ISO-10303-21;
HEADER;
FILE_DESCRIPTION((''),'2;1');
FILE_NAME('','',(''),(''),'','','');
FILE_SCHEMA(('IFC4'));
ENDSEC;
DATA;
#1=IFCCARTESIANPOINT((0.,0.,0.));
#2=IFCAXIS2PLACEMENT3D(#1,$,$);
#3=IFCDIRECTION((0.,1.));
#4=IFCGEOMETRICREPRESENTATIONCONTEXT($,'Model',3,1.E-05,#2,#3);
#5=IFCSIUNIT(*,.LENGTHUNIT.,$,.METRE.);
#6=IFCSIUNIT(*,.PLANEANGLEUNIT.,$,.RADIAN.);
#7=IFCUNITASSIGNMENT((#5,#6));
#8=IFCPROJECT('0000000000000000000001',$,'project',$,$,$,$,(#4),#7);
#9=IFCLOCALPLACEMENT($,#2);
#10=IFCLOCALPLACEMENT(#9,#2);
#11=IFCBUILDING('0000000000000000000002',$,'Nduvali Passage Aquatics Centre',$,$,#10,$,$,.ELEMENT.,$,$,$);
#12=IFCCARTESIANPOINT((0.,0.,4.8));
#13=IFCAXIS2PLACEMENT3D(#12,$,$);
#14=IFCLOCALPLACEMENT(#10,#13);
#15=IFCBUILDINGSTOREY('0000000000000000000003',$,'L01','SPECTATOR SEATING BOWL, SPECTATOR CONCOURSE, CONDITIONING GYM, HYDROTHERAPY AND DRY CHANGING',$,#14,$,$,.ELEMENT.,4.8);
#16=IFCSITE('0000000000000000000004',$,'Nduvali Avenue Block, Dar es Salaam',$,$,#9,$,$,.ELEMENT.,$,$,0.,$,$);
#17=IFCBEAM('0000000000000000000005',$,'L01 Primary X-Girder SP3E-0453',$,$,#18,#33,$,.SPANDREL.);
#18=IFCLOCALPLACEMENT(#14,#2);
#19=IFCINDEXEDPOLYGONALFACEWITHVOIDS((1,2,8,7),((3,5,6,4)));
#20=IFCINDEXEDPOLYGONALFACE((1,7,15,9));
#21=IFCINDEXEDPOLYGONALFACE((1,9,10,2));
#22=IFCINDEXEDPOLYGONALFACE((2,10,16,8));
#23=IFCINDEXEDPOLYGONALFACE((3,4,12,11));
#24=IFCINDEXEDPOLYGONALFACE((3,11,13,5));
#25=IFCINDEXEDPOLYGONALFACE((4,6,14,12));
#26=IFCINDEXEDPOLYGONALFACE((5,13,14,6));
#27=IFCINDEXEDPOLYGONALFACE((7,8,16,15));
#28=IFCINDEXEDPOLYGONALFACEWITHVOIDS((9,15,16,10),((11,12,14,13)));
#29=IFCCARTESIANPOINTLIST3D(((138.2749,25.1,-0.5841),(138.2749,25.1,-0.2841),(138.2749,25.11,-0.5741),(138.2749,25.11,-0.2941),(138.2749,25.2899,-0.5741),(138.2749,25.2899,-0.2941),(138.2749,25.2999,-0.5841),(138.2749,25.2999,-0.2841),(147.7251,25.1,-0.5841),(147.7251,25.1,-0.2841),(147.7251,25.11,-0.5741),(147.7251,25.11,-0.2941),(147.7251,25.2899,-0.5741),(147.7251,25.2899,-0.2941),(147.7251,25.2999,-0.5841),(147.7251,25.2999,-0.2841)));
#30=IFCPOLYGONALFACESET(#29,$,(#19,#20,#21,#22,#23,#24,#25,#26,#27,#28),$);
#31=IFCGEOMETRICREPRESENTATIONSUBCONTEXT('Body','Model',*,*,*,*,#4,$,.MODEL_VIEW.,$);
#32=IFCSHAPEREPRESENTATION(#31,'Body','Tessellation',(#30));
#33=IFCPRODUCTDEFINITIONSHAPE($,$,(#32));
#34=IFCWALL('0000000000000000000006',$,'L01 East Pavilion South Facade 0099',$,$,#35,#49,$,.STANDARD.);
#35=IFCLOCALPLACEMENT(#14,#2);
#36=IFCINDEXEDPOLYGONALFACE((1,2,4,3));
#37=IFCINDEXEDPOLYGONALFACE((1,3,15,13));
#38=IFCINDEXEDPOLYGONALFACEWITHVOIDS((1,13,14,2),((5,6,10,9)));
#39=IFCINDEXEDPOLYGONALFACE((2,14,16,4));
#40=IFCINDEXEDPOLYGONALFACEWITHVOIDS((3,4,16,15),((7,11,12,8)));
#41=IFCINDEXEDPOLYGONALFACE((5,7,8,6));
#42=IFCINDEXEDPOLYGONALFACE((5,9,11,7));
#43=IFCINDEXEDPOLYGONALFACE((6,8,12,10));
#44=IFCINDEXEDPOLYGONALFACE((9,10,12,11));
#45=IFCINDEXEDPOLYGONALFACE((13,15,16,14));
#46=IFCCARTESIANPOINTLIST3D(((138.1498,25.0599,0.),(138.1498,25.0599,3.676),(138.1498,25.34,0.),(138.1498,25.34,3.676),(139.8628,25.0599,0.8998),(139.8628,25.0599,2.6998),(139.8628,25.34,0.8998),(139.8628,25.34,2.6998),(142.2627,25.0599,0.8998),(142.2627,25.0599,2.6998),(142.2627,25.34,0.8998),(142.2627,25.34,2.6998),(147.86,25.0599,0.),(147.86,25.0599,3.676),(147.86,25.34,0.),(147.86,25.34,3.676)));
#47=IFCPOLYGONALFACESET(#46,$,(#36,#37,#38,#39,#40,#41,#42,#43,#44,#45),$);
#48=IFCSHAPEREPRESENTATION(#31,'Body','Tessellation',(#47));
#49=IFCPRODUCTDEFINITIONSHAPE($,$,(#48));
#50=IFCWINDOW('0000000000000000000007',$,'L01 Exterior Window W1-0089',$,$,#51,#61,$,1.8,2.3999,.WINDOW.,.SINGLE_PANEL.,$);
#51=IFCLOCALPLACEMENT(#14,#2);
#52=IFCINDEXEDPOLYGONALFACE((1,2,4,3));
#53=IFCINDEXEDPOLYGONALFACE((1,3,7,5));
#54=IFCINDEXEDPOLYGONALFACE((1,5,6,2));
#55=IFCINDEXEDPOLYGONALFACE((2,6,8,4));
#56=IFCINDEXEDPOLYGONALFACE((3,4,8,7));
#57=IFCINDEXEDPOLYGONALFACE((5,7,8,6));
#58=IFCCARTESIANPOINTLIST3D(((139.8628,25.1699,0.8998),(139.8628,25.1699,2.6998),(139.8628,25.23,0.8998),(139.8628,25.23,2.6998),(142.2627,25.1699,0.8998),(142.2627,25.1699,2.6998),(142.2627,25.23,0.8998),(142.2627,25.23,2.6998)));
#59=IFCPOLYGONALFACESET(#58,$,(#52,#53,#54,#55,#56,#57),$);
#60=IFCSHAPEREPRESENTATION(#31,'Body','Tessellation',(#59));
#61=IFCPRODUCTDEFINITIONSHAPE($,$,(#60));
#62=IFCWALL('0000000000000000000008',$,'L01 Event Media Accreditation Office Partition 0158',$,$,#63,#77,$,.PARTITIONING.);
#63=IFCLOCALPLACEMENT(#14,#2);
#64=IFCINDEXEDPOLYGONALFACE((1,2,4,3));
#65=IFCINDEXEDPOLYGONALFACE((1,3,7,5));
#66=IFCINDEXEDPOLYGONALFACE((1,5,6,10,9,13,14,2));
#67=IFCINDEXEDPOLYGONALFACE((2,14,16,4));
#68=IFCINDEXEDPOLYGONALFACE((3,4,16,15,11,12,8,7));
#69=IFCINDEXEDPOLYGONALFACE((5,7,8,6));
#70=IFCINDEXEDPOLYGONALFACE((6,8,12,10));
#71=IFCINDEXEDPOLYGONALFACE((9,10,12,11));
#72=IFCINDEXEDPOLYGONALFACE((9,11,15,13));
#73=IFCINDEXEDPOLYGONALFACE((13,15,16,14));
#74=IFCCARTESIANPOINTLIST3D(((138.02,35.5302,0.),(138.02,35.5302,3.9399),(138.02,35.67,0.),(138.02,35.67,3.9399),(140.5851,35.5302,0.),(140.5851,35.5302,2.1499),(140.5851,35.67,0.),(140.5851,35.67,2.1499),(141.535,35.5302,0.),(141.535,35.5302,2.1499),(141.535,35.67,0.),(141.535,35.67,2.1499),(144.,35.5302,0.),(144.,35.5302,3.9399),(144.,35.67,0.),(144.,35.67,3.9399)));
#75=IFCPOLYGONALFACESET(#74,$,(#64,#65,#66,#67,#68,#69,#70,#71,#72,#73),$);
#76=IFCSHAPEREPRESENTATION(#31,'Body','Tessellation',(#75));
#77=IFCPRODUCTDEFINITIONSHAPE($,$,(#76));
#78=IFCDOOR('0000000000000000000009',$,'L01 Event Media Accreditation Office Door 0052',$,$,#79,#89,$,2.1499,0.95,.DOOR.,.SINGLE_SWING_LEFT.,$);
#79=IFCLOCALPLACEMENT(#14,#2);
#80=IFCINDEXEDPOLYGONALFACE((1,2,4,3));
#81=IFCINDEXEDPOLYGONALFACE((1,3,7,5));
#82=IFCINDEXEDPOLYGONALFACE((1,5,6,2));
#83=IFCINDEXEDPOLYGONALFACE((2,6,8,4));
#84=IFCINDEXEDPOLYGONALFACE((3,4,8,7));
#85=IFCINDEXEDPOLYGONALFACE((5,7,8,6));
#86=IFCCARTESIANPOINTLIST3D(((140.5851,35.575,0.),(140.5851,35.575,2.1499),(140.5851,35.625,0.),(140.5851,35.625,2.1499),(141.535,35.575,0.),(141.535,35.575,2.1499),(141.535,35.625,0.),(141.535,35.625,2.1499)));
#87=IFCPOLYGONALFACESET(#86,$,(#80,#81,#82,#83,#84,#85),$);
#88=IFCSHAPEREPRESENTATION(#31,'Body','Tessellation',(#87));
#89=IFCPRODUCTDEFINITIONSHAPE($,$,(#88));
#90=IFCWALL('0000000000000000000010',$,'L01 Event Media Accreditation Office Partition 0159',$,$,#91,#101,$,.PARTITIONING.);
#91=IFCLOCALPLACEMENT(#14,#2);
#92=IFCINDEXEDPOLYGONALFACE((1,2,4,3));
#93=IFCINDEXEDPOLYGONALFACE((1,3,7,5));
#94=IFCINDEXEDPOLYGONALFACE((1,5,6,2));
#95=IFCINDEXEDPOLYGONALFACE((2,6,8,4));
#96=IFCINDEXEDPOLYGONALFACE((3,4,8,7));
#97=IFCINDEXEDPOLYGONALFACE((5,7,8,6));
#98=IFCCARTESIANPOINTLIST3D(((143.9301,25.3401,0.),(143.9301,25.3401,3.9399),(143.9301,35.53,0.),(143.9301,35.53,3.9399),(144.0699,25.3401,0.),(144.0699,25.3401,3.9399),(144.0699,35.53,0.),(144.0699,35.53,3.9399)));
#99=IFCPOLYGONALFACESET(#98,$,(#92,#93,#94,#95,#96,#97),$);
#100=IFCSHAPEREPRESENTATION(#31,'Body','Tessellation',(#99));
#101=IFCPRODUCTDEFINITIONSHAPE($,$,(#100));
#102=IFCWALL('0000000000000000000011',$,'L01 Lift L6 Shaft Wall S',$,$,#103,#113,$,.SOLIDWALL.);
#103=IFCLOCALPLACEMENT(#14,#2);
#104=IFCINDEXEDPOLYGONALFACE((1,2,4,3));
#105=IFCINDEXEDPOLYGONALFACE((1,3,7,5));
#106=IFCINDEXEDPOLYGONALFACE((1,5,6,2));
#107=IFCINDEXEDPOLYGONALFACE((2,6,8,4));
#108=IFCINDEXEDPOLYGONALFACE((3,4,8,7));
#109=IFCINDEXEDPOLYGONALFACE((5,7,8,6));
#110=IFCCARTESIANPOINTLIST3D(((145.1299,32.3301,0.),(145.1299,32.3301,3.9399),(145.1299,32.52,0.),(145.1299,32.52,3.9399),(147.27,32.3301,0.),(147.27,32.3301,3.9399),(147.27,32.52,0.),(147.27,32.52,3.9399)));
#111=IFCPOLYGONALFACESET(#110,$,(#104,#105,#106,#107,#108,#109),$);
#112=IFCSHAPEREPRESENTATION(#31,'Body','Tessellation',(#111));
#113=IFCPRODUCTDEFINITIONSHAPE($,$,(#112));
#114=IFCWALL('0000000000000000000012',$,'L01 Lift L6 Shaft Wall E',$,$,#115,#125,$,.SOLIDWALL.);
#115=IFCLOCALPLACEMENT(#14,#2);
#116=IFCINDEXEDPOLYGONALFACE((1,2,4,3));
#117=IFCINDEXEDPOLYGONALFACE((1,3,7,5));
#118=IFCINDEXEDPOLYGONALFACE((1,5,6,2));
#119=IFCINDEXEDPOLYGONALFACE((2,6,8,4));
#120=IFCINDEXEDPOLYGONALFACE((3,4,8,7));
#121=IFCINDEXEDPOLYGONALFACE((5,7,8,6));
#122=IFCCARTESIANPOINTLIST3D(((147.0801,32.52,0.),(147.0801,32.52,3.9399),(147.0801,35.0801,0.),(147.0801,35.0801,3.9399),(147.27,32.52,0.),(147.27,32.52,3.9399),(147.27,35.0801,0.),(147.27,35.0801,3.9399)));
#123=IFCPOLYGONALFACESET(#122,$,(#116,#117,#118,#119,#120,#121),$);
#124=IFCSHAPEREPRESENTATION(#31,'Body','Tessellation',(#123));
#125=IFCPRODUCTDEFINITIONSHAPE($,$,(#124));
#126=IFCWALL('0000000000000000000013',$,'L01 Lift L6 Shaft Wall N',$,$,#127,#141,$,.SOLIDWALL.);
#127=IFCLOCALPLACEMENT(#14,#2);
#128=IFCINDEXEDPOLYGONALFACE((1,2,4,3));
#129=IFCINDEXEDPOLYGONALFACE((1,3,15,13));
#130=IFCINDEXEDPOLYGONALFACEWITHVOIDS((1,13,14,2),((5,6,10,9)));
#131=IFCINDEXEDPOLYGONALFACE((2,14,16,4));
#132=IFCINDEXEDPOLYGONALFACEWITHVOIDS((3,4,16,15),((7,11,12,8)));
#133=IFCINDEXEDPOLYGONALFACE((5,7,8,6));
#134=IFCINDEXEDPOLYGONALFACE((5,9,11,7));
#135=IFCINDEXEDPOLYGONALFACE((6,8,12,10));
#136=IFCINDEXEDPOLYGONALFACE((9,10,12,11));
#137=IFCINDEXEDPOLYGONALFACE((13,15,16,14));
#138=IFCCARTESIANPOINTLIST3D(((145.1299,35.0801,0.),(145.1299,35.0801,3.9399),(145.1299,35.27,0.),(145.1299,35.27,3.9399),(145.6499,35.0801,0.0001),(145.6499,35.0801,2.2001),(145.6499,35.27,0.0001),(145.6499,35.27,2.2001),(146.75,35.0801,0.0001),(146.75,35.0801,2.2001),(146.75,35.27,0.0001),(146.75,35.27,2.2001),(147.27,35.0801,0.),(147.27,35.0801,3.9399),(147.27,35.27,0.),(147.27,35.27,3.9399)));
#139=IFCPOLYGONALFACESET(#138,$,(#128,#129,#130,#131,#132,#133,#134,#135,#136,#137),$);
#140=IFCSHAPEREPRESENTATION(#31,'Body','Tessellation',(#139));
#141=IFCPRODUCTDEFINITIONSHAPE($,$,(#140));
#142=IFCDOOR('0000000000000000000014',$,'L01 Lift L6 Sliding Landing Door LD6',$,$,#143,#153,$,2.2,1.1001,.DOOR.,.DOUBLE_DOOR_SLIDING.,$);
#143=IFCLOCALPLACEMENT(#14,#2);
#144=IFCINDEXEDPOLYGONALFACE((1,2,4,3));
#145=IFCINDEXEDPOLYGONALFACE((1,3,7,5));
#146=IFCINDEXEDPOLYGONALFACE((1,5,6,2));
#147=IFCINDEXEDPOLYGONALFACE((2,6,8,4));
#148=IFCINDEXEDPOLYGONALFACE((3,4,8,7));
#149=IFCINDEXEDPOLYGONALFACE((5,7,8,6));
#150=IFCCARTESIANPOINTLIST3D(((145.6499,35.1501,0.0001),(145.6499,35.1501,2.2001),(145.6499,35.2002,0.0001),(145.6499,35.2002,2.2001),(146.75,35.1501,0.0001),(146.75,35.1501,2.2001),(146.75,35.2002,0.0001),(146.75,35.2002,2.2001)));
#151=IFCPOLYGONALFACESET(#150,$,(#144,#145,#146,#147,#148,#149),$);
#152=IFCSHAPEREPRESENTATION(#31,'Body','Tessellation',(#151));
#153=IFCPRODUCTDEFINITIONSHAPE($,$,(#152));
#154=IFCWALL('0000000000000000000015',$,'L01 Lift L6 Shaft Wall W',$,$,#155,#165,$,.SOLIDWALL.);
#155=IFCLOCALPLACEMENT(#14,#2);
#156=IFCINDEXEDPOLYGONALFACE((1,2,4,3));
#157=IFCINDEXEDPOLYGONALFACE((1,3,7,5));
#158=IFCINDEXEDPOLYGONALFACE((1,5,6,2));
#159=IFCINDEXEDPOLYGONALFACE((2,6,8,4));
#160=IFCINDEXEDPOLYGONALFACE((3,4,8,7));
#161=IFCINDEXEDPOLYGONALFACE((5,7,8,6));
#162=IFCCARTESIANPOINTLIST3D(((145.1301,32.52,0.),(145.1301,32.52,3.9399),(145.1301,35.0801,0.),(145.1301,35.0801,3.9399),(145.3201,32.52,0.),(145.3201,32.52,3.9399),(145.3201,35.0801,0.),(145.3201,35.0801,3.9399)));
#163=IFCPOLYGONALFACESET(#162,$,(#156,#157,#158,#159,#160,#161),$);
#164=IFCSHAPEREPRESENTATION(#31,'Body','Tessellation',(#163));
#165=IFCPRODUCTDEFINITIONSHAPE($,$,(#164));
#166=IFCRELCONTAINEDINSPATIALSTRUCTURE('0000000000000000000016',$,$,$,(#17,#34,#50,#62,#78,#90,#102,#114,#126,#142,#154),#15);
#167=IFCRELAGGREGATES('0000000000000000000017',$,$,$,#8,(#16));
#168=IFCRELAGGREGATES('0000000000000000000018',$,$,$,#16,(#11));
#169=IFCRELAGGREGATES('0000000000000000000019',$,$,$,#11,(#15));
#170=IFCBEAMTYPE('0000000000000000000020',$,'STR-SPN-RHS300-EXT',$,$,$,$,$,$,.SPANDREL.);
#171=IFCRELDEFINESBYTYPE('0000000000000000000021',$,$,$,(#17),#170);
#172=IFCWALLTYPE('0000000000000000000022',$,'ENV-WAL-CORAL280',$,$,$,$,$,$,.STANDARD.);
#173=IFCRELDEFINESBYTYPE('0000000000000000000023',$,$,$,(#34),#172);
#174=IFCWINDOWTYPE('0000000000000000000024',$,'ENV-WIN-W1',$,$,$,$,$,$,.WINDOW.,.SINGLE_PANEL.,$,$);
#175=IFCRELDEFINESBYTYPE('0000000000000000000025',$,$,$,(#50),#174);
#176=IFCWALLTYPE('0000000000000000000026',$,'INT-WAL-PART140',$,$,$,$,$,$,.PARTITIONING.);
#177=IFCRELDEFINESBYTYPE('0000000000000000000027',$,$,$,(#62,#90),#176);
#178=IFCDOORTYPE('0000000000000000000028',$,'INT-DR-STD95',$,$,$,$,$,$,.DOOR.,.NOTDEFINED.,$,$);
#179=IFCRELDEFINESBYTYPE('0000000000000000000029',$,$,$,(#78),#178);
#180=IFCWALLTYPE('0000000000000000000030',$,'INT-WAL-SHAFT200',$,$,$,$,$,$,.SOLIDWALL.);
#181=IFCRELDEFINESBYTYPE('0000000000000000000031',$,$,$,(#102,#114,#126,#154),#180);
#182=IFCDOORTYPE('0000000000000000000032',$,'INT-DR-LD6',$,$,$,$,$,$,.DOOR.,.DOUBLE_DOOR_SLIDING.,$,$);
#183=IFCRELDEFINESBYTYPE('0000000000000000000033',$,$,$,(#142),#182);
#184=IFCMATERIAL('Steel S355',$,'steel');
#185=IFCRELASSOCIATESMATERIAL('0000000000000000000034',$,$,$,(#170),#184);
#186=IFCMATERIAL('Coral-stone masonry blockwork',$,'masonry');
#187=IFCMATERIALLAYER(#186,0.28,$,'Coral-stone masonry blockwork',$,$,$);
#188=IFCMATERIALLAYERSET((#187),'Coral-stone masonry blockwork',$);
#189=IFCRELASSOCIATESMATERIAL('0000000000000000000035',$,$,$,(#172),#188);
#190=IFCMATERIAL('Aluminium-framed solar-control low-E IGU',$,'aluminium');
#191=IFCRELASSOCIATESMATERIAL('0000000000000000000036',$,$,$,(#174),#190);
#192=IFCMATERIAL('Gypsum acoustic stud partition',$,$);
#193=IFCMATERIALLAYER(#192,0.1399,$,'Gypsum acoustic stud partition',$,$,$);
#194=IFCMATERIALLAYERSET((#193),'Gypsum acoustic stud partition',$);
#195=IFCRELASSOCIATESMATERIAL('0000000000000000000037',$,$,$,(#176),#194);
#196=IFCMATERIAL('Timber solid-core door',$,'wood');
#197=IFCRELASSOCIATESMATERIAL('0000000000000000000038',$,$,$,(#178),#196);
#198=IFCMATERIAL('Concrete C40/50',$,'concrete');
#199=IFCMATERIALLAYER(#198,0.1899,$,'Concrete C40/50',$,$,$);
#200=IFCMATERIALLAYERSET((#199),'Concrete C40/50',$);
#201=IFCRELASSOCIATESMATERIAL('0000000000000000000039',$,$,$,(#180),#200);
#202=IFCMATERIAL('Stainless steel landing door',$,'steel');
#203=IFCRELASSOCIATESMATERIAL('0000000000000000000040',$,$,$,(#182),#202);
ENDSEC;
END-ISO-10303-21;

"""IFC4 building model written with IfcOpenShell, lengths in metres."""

from ifc_helpers import new_model, si_unit, direction, frame, frame_2d, origin, origin_2d, place, context, subcontext, project, spatial, rectangle, hollow_rectangle, extrude, material, layer, layer_set, material_profile, profile_set, type_object, element, fill, save


model = new_model("IFC4")

# Units and contexts
model_context = context("Model", 3, precision=1e-05, world=origin(), true_north=direction((0.0, 1.0)))
body_context = subcontext(model_context, "Body", "Model", "MODEL_VIEW")
ifc_project = project(units=[si_unit("LENGTHUNIT", "METRE"), si_unit("PLANEANGLEUNIT", "RADIAN")], contexts=[model_context])

# Site, building, storey
site_placement = place(None, origin())
site = spatial("IfcSite", under=ifc_project, at=site_placement, Name="Nduvali Avenue Block, Dar es Salaam", CompositionType="ELEMENT", RefElevation=0.0)
building_placement = place(site_placement, origin())
building = spatial("IfcBuilding", under=site, at=building_placement, Name="Nduvali Passage Aquatics Centre", CompositionType="ELEMENT")
storey_placement = place(building_placement, frame((0.0, 0.0, 4.8)))
storey = spatial("IfcBuildingStorey", under=building, at=storey_placement, Name="L01", Description="SPECTATOR SEATING BOWL, SPECTATOR CONCOURSE, CONDITIONING GYM, HYDROTHERAPY AND DRY CHANGING", CompositionType="ELEMENT", Elevation=4.8)

# Shared definitions
ifc_material_1 = material(Name="Steel S355", Category="steel")

# Beam
ifc_material_profile_1 = material_profile(ifc_material_1, hollow_rectangle(XDim=0.2, YDim=0.3, WallThickness=0.01, at=origin_2d()), Name="RHS 300x200x10.0")
ifc_profile_set_1 = profile_set([ifc_material_profile_1], Name="Steel S355")
beam_type_1 = type_object("IfcBeamType", Name="STR-SPN-RHS300-EXT", PredefinedType="SPANDREL", material=ifc_profile_set_1)
beam_1_placement = place(storey_placement, frame((138.2749, 25.2, -0.4341), z_axis=(1.0, 0.0, 0.0), x_axis=(0.0, 1.0, 0.0)))
element("IfcBeam", 1, at=beam_1_placement, inside=storey, type_object=beam_type_1, Name="L01 Primary X-Girder SP3E-0453", PredefinedType="SPANDREL", context=body_context, shape_type="SweptSolid", body=[
    extrude(hollow_rectangle(XDim=0.2, YDim=0.3, WallThickness=0.01, at=origin_2d()), origin(), (0.0, 0.0, 1.0), 9.4502),
])

# Wall, opening, window
ifc_material_2 = material(Name="Coral-stone masonry blockwork", Category="masonry")
ifc_layer_1 = layer(ifc_material_2, 0.28, Name="Coral-stone masonry blockwork")
ifc_layer_set_1 = layer_set([ifc_layer_1], Name="Coral-stone masonry blockwork")
wall_type_1 = type_object("IfcWallType", Name="ENV-WAL-CORAL280", PredefinedType="STANDARD", material=ifc_layer_set_1)
wall_1_placement = place(storey_placement, frame((138.1499, 25.2, 0.0), z_axis=(0.0, 0.0, 1.0), x_axis=(1.0, 0.0, 0.0)))
wall_1 = element("IfcWall", 2, at=wall_1_placement, inside=storey, type_object=wall_type_1, Name="L01 East Pavilion South Facade 0099", PredefinedType="STANDARD", context=body_context, shape_type="SweptSolid", body=[
    extrude(rectangle(XDim=9.7102, YDim=0.28, at=frame_2d((4.855, 0.0))), origin(), (0.0, 0.0, 1.0), 3.676),
])
opening_1_placement = place(wall_1_placement, frame((1.7129, 0.0, 0.8999)))
opening_1 = element("IfcOpeningElement", 3, at=opening_1_placement, cuts=wall_1, PredefinedType="OPENING", context=body_context, shape_type="SweptSolid", body=[
    extrude(rectangle(XDim=2.3999, YDim=1.8, at=frame_2d((1.2, 0.8999))), frame((0.0, 0.1548, 0.0), z_axis=(0.0, -1.0, 0.0), x_axis=(1.0, 0.0, 0.0)), (0.0, 0.0, 1.0), 0.3098),
])
ifc_material_3 = material(Name="Aluminium-framed solar-control low-E IGU", Category="aluminium")
window_type = type_object("IfcWindowType", Name="ENV-WIN-W1", PartitioningType="SINGLE_PANEL", PredefinedType="WINDOW", material=ifc_material_3)
window_placement = place(opening_1_placement, origin())
window = element("IfcWindow", 4, at=window_placement, inside=storey, type_object=window_type, Name="L01 Exterior Window W1-0089", OverallHeight=1.8, OverallWidth=2.3999, PartitioningType="SINGLE_PANEL", PredefinedType="WINDOW", context=body_context, shape_type="SweptSolid", body=[
    extrude(rectangle(XDim=2.3999, YDim=1.8, at=frame_2d((1.2, 0.8999))), frame((0.0, 0.03, 0.0), z_axis=(0.0, -1.0, 0.0), x_axis=(1.0, 0.0, 0.0)), (0.0, 0.0, 1.0), 0.0601),
])
fill(opening_1, window)

# Wall, opening, door
ifc_material_4 = material(Name="Gypsum acoustic stud partition")
ifc_layer_2 = layer(ifc_material_4, 0.1399, Name="Gypsum acoustic stud partition")
ifc_layer_set_2 = layer_set([ifc_layer_2], Name="Gypsum acoustic stud partition")
wall_type_2 = type_object("IfcWallType", Name="INT-WAL-PART140", PredefinedType="PARTITIONING", material=ifc_layer_set_2)
wall_2_placement = place(storey_placement, frame((138.02, 35.6001, 0.0), z_axis=(0.0, 0.0, 1.0), x_axis=(1.0, 0.0, 0.0)))
wall_2 = element("IfcWall", 5, at=wall_2_placement, inside=storey, type_object=wall_type_2, Name="L01 Event Media Accreditation Office Partition 0158", PredefinedType="PARTITIONING", context=body_context, shape_type="SweptSolid", body=[
    extrude(rectangle(XDim=5.98, YDim=0.1399, at=frame_2d((2.99, 0.0))), origin(), (0.0, 0.0, 1.0), 3.9399),
])
opening_2_placement = place(wall_2_placement, frame((2.5649, 0.0, 0.0)))
opening_2 = element("IfcOpeningElement", 6, at=opening_2_placement, cuts=wall_2, PredefinedType="OPENING", context=body_context, shape_type="SweptSolid", body=[
    extrude(rectangle(XDim=0.95, YDim=2.1499, at=frame_2d((0.4751, 1.075))), frame((0.0, 0.085, 0.0), z_axis=(0.0, -1.0, 0.0), x_axis=(1.0, 0.0, 0.0)), (0.0, 0.0, 1.0), 0.1697),
])
ifc_material_5 = material(Name="Timber solid-core door", Category="wood")
door_type_1 = type_object("IfcDoorType", Name="INT-DR-STD95", OperationType="NOTDEFINED", PredefinedType="DOOR", material=ifc_material_5)
door_1_placement = place(opening_2_placement, origin())
door_1 = element("IfcDoor", 7, at=door_1_placement, inside=storey, type_object=door_type_1, Name="L01 Event Media Accreditation Office Door 0052", OperationType="SINGLE_SWING_LEFT", OverallHeight=2.1499, OverallWidth=0.95, PredefinedType="DOOR", context=body_context, shape_type="SweptSolid", body=[
    extrude(rectangle(XDim=0.95, YDim=2.1499, at=frame_2d((0.4751, 1.075))), frame((0.0, 0.0249, 0.0), z_axis=(0.0, -1.0, 0.0), x_axis=(1.0, 0.0, 0.0)), (0.0, 0.0, 1.0), 0.05),
])
fill(opening_2, door_1)

# Walls
wall_3_placement = place(storey_placement, frame((144.0, 25.3401, 0.0), z_axis=(0.0, 0.0, 1.0), x_axis=(0.0, 1.0, 0.0)))
element("IfcWall", 8, at=wall_3_placement, inside=storey, type_object=wall_type_2, Name="L01 Event Media Accreditation Office Partition 0159", PredefinedType="PARTITIONING", context=body_context, shape_type="SweptSolid", body=[
    extrude(rectangle(XDim=10.1899, YDim=0.1399, at=frame_2d((5.095, 0.0))), origin(), (0.0, 0.0, 1.0), 3.9399),
])
ifc_material_6 = material(Name="Concrete C40/50", Category="concrete")
ifc_layer_3 = layer(ifc_material_6, 0.1899, Name="Concrete C40/50")
ifc_layer_set_3 = layer_set([ifc_layer_3], Name="Concrete C40/50")
wall_type_3 = type_object("IfcWallType", Name="INT-WAL-SHAFT200", PredefinedType="SOLIDWALL", material=ifc_layer_set_3)
wall_4_placement = place(storey_placement, frame((145.1299, 32.425, 0.0), z_axis=(0.0, 0.0, 1.0), x_axis=(1.0, 0.0, 0.0)))
element("IfcWall", 9, at=wall_4_placement, inside=storey, type_object=wall_type_3, Name="L01 Lift L6 Shaft Wall S", PredefinedType="SOLIDWALL", context=body_context, shape_type="SweptSolid", body=[
    extrude(rectangle(XDim=2.1401, YDim=0.1899, at=frame_2d((1.0701, 0.0))), origin(), (0.0, 0.0, 1.0), 3.9399),
])
wall_5_placement = place(storey_placement, frame((147.175, 32.52, 0.0), z_axis=(0.0, 0.0, 1.0), x_axis=(0.0, 1.0, 0.0)))
element("IfcWall", 10, at=wall_5_placement, inside=storey, type_object=wall_type_3, Name="L01 Lift L6 Shaft Wall E", PredefinedType="SOLIDWALL", context=body_context, shape_type="SweptSolid", body=[
    extrude(rectangle(XDim=2.5601, YDim=0.1899, at=frame_2d((1.28, 0.0))), origin(), (0.0, 0.0, 1.0), 3.9399),
])

# Wall, opening, door
wall_6_placement = place(storey_placement, frame((147.27, 35.175, 0.0), z_axis=(0.0, 0.0, 1.0), x_axis=(-1.0, 0.0, 0.0)))
wall_6 = element("IfcWall", 11, at=wall_6_placement, inside=storey, type_object=wall_type_3, Name="L01 Lift L6 Shaft Wall N", PredefinedType="SOLIDWALL", context=body_context, shape_type="SweptSolid", body=[
    extrude(rectangle(XDim=2.1401, YDim=0.1899, at=frame_2d((1.0701, 0.0))), origin(), (0.0, 0.0, 1.0), 3.9399),
])
opening_3_placement = place(wall_6_placement, frame((0.52, 0.0, 0.0)))
opening_3 = element("IfcOpeningElement", 12, at=opening_3_placement, cuts=wall_6, PredefinedType="OPENING", context=body_context, shape_type="SweptSolid", body=[
    extrude(rectangle(XDim=1.1001, YDim=2.2, at=frame_2d((0.55, 1.1001))), frame((0.0, 0.1099, 0.0), z_axis=(0.0, -1.0, 0.0), x_axis=(1.0, 0.0, 0.0)), (0.0, 0.0, 1.0), 0.2197),
])
ifc_material_7 = material(Name="Stainless steel landing door", Category="steel")
door_type_2 = type_object("IfcDoorType", Name="INT-DR-LD6", OperationType="DOUBLE_DOOR_SLIDING", PredefinedType="DOOR", material=ifc_material_7)
door_2_placement = place(opening_3_placement, origin())
door_2 = element("IfcDoor", 13, at=door_2_placement, inside=storey, type_object=door_type_2, Name="L01 Lift L6 Sliding Landing Door LD6", OperationType="DOUBLE_DOOR_SLIDING", OverallHeight=2.2, OverallWidth=1.1001, PredefinedType="DOOR", context=body_context, shape_type="SweptSolid", body=[
    extrude(rectangle(XDim=1.1001, YDim=2.2, at=frame_2d((0.55, 1.1001))), frame((0.0, 0.0249, 0.0), z_axis=(0.0, -1.0, 0.0), x_axis=(1.0, 0.0, 0.0)), (0.0, 0.0, 1.0), 0.05),
])
fill(opening_3, door_2)

# Wall
wall_7_placement = place(storey_placement, frame((145.2251, 35.0801, 0.0), z_axis=(0.0, 0.0, 1.0), x_axis=(0.0, -1.0, 0.0)))
element("IfcWall", 14, at=wall_7_placement, inside=storey, type_object=wall_type_3, Name="L01 Lift L6 Shaft Wall W", PredefinedType="SOLIDWALL", context=body_context, shape_type="SweptSolid", body=[
    extrude(rectangle(XDim=2.5601, YDim=0.1899, at=frame_2d((1.28, 0.0))), origin(), (0.0, 0.0, 1.0), 3.9399),
])

save(model, "model.ifc")
